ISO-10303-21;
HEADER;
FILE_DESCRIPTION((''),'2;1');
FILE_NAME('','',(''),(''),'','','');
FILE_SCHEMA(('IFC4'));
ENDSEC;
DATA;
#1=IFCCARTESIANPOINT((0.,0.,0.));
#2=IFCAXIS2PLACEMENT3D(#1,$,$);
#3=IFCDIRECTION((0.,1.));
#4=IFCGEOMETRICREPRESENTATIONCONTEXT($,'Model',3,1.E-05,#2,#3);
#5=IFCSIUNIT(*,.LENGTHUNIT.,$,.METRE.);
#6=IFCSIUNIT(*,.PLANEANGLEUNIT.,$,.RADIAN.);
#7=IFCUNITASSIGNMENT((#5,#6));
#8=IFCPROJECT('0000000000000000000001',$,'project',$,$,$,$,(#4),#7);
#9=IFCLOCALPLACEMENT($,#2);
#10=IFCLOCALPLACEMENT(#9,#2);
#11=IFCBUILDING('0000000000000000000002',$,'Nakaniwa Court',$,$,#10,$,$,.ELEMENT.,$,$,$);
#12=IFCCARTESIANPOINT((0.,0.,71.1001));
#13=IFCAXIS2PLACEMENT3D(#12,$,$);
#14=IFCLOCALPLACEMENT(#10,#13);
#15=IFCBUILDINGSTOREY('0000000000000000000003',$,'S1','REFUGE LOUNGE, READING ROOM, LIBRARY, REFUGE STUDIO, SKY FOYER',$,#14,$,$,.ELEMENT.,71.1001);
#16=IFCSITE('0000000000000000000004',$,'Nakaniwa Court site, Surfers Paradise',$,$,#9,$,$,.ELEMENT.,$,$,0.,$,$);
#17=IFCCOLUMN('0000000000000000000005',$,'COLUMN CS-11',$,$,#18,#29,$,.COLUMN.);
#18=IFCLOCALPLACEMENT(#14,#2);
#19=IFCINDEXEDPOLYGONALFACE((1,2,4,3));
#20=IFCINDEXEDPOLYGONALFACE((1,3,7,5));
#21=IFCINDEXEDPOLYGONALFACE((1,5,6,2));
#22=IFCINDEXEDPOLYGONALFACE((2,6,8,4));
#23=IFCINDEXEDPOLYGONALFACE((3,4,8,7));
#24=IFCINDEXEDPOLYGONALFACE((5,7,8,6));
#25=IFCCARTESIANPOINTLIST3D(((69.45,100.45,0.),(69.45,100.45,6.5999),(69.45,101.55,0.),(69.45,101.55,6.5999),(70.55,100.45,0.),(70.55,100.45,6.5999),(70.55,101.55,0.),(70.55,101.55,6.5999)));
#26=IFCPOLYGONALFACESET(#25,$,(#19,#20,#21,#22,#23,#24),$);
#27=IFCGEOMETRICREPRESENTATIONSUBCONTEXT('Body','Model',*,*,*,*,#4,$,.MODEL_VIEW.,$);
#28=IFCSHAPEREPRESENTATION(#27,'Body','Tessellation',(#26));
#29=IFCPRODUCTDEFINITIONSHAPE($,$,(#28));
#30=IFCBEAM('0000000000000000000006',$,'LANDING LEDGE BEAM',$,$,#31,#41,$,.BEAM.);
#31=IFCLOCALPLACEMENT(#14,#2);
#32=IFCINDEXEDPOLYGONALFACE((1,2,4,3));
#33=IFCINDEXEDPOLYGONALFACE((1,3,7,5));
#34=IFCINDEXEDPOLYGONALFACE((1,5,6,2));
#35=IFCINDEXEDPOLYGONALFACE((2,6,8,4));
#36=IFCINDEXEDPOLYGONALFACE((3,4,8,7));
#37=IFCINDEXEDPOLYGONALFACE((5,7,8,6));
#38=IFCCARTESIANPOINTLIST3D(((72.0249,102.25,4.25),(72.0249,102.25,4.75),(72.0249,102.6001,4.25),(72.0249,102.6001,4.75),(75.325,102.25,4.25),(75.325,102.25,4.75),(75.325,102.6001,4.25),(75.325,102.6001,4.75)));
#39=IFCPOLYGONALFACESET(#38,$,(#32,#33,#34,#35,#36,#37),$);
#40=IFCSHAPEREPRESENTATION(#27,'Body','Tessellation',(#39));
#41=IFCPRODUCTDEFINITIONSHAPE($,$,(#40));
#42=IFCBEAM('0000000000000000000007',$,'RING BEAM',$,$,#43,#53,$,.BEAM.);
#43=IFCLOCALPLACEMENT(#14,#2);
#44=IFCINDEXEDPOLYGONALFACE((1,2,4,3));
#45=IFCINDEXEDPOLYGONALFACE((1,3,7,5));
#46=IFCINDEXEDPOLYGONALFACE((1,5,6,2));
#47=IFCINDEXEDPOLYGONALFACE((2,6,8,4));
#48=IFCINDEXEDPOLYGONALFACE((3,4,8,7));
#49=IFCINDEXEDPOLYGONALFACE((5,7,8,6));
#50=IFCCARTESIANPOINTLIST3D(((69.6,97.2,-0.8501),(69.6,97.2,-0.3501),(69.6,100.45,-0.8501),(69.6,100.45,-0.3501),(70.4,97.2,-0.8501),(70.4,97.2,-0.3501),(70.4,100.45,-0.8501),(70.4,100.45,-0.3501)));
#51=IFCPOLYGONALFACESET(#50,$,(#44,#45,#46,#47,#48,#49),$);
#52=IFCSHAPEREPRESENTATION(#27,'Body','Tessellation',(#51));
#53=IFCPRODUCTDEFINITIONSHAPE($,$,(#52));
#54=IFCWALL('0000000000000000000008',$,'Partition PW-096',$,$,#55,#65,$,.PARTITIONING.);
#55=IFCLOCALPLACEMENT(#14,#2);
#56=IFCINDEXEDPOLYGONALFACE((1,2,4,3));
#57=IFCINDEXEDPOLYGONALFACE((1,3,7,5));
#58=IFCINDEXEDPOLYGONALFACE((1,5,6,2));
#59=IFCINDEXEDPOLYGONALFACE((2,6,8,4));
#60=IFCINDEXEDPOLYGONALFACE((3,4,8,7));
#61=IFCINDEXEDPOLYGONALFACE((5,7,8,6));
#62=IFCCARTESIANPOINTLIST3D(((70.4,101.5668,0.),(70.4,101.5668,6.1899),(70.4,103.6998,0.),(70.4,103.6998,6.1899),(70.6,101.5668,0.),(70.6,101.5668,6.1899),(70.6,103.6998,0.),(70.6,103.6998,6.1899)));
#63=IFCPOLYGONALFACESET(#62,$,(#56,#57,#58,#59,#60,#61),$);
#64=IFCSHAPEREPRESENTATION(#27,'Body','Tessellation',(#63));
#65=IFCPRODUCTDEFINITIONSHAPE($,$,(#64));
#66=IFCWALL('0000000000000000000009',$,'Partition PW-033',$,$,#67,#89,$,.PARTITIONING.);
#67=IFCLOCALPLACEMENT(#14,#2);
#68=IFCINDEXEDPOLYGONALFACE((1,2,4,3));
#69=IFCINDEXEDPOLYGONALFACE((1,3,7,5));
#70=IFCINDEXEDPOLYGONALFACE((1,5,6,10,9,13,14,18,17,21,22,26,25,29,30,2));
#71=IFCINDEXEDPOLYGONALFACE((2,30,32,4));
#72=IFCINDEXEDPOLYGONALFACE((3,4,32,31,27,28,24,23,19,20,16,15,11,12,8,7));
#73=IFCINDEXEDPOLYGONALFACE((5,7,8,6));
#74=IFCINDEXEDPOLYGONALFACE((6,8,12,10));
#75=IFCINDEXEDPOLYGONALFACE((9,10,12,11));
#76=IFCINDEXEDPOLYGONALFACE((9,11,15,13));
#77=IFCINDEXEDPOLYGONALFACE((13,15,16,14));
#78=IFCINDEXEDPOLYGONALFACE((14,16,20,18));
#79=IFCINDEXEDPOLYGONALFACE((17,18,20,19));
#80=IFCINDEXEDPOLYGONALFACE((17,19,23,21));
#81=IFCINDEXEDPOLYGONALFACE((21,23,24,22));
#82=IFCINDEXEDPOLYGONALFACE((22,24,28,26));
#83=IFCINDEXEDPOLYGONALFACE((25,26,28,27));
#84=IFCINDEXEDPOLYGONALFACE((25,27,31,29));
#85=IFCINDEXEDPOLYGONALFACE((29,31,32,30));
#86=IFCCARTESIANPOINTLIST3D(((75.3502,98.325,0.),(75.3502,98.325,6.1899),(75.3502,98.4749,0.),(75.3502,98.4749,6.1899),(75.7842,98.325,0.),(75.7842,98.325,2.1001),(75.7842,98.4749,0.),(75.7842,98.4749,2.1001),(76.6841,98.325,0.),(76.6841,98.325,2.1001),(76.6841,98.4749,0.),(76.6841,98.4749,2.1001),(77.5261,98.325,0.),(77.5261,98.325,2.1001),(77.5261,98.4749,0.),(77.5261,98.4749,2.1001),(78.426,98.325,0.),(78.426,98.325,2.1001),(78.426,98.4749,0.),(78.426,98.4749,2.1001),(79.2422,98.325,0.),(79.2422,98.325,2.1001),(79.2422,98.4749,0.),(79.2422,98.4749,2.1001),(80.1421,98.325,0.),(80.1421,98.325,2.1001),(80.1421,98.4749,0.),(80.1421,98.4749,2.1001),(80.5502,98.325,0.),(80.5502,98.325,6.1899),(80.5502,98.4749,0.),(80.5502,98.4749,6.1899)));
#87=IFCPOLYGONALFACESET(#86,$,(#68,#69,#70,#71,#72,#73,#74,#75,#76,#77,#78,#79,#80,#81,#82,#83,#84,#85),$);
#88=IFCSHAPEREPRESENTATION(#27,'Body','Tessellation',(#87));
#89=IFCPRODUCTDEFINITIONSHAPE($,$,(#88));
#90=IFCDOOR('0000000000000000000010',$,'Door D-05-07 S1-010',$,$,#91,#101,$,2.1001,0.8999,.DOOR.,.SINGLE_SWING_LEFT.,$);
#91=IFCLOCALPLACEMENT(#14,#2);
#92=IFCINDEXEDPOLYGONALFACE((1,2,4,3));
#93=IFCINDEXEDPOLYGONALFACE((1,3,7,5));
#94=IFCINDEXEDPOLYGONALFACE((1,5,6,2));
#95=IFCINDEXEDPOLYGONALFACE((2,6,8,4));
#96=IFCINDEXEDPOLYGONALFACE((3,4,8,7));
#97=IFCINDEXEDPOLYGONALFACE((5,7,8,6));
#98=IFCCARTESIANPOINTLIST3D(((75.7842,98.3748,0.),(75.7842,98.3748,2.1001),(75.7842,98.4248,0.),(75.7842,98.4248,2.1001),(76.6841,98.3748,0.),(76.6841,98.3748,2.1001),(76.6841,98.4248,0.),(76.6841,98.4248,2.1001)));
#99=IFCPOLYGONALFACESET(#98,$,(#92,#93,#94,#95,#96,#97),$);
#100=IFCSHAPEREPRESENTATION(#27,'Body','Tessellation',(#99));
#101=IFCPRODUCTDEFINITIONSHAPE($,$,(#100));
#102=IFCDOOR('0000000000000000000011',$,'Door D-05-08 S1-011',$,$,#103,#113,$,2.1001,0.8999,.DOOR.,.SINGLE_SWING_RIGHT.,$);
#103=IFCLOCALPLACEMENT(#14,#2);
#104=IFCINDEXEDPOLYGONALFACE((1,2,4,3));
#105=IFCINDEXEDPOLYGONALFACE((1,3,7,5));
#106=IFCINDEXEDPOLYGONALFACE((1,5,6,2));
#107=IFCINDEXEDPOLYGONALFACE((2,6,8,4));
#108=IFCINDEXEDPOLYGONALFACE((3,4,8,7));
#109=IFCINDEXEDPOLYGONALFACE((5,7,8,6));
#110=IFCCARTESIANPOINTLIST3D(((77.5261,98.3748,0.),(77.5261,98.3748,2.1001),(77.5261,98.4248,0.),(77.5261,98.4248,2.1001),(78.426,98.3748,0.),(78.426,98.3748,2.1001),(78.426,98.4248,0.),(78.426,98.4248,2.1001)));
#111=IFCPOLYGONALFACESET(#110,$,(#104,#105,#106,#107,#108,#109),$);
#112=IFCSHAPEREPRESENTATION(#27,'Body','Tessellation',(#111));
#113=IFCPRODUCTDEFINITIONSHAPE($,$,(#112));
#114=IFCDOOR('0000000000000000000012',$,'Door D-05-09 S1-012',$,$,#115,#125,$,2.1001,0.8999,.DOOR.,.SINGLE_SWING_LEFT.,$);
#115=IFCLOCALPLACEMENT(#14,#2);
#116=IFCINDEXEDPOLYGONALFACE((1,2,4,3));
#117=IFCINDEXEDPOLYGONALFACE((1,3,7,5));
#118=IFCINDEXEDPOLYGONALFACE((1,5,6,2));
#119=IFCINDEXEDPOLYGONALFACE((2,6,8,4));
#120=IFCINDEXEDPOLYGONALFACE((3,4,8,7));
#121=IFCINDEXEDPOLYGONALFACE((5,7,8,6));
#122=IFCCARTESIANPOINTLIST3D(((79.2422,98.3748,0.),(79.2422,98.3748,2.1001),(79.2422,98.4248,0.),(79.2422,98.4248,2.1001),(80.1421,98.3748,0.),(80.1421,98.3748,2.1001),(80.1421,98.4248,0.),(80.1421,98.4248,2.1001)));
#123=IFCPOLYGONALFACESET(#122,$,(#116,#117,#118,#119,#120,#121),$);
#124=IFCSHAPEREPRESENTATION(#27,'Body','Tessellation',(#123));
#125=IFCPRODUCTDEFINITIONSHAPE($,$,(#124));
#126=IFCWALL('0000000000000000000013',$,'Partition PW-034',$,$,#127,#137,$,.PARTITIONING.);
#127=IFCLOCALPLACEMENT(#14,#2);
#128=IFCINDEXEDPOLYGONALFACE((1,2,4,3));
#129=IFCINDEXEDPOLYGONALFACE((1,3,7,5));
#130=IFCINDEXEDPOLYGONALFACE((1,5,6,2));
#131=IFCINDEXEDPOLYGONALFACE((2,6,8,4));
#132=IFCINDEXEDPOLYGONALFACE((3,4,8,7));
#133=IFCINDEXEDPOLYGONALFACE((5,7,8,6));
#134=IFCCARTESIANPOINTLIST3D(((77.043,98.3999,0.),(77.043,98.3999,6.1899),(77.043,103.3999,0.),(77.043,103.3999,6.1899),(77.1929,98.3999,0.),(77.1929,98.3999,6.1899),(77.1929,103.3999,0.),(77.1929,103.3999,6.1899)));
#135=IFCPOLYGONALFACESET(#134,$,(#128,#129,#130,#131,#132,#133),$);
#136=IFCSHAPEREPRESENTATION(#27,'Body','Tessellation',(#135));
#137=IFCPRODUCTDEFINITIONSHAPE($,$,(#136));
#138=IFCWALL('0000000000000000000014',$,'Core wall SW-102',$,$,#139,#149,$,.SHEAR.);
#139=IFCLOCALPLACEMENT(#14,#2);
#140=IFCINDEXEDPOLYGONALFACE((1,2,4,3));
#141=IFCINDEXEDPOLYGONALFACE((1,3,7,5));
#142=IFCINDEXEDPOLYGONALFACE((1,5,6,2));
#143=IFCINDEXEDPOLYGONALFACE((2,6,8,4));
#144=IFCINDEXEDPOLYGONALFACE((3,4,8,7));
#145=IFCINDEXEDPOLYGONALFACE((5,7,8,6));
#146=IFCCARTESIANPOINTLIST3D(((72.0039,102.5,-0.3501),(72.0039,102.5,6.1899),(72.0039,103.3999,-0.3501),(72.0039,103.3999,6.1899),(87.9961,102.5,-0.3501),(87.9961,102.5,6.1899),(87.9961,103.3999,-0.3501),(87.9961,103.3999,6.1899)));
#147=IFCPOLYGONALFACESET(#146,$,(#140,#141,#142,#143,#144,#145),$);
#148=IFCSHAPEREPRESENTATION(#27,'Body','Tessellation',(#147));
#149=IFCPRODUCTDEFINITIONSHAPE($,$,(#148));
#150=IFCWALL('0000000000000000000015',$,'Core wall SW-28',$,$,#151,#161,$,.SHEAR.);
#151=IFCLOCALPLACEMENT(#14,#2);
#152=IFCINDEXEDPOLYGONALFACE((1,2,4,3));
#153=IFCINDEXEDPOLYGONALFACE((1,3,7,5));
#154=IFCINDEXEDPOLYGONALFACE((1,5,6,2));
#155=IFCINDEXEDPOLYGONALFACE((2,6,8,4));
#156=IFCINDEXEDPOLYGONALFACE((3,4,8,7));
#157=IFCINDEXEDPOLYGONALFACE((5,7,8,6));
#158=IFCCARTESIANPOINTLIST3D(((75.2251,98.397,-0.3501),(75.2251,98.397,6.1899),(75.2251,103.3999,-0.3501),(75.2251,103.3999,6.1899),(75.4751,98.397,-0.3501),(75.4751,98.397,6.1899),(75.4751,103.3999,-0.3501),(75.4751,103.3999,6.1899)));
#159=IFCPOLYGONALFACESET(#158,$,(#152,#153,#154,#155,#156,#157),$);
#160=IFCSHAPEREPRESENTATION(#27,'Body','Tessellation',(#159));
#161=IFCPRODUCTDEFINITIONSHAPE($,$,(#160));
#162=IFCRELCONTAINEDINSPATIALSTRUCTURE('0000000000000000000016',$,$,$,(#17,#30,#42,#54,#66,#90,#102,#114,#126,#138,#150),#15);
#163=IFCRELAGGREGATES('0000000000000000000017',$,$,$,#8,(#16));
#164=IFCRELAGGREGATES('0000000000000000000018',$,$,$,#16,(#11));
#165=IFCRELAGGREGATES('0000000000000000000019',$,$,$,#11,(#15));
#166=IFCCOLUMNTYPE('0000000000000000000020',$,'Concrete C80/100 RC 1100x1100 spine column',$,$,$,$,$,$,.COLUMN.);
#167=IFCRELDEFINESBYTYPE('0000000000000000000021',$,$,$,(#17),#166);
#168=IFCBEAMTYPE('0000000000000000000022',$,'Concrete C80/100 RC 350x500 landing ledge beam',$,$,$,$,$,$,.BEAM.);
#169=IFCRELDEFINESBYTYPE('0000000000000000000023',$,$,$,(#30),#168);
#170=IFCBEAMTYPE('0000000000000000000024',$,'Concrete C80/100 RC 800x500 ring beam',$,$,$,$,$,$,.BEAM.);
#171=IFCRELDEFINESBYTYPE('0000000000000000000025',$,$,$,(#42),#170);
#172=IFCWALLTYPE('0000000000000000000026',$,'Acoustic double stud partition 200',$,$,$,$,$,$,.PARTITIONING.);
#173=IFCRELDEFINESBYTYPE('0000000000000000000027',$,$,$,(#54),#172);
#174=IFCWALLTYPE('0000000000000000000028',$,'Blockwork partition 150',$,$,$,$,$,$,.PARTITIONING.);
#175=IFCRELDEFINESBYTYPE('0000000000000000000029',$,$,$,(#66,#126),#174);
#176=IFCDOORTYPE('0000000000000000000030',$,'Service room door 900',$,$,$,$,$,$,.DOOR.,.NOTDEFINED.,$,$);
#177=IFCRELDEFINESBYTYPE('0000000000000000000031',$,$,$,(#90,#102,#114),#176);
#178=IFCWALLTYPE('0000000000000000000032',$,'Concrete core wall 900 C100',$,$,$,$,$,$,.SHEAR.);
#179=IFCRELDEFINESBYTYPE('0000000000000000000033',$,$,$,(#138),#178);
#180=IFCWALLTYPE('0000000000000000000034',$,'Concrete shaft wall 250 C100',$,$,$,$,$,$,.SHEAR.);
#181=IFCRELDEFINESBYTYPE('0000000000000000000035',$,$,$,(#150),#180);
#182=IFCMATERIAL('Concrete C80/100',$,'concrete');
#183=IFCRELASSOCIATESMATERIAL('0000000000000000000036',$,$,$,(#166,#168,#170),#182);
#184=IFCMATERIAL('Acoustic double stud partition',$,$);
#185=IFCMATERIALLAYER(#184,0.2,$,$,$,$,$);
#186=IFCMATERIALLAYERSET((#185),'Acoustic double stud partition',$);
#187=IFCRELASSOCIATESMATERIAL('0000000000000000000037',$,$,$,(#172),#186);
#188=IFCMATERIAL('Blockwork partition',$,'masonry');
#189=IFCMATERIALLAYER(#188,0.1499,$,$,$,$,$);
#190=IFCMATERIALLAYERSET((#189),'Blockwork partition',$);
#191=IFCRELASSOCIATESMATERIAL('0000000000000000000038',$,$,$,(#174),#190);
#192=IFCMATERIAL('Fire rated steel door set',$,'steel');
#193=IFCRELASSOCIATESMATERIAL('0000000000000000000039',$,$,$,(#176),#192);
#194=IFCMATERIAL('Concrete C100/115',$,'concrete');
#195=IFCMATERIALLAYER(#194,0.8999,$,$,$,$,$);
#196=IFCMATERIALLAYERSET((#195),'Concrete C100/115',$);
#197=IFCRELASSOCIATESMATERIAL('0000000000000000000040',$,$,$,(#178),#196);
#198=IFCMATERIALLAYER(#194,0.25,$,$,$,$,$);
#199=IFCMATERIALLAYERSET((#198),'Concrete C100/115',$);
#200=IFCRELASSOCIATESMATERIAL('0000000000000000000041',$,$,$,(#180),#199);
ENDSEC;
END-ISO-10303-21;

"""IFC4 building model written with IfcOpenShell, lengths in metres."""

from ifc_helpers import new_model, si_unit, direction, frame, frame_2d, origin, origin_2d, place, context, subcontext, project, spatial, rectangle, extrude, material, layer, layer_set, material_profile, profile_set, type_object, element, fill, save


model = new_model("IFC4")

# Units and contexts
model_context = context("Model", 3, precision=1e-05, world=origin(), true_north=direction((0.0, 1.0)))
body_context = subcontext(model_context, "Body", "Model", "MODEL_VIEW")
ifc_project = project(units=[si_unit("LENGTHUNIT", "METRE"), si_unit("PLANEANGLEUNIT", "RADIAN")], contexts=[model_context])

# Site, building, storey
site_placement = place(None, origin())
site = spatial("IfcSite", under=ifc_project, at=site_placement, Name="Nakaniwa Court site, Surfers Paradise", CompositionType="ELEMENT", RefElevation=0.0)
building_placement = place(site_placement, origin())
building = spatial("IfcBuilding", under=site, at=building_placement, Name="Nakaniwa Court", CompositionType="ELEMENT")
storey_placement = place(building_placement, frame((0.0, 0.0, 71.1001)))
storey = spatial("IfcBuildingStorey", under=building, at=storey_placement, Name="S1", Description="REFUGE LOUNGE, READING ROOM, LIBRARY, REFUGE STUDIO, SKY FOYER", CompositionType="ELEMENT", Elevation=71.1001)

# Column
ifc_material_1 = material(Name="Concrete C80/100", Category="concrete")
ifc_material_profile_1 = material_profile(ifc_material_1, rectangle(XDim=1.1001, YDim=1.1001, at=origin_2d()), Name="Concrete C80/100 RC 1100x1100 spine column")
ifc_profile_set_1 = profile_set([ifc_material_profile_1], Name="Concrete C80/100")
column_type = type_object("IfcColumnType", Name="Concrete C80/100 RC 1100x1100 spine column", PredefinedType="COLUMN", material=ifc_profile_set_1)
column_placement = place(storey_placement, frame((70.0, 101.0, 0.0), z_axis=(0.0, 0.0, 1.0), x_axis=(0.0, -1.0, 0.0)))
element("IfcColumn", 1, at=column_placement, inside=storey, type_object=column_type, Name="COLUMN CS-11", PredefinedType="COLUMN", context=body_context, shape_type="SweptSolid", body=[
    extrude(rectangle(XDim=1.1001, YDim=1.1001, at=origin_2d()), origin(), (0.0, 0.0, 1.0), 6.5999),
])

# Beams
ifc_material_profile_2 = material_profile(ifc_material_1, rectangle(XDim=0.3501, YDim=0.5, at=origin_2d()), Name="Concrete C80/100 RC 350x500 landing ledge beam")
ifc_profile_set_2 = profile_set([ifc_material_profile_2], Name="Concrete C80/100")
beam_type_1 = type_object("IfcBeamType", Name="Concrete C80/100 RC 350x500 landing ledge beam", PredefinedType="BEAM", material=ifc_profile_set_2)
beam_1_placement = place(storey_placement, frame((72.0249, 102.425, 4.5), z_axis=(1.0, 0.0, 0.0), x_axis=(0.0, 1.0, 0.0)))
element("IfcBeam", 2, at=beam_1_placement, inside=storey, type_object=beam_type_1, Name="LANDING LEDGE BEAM", PredefinedType="BEAM", context=body_context, shape_type="SweptSolid", body=[
    extrude(rectangle(XDim=0.3501, YDim=0.5, at=origin_2d()), origin(), (0.0, 0.0, 1.0), 3.3),
])
ifc_material_profile_3 = material_profile(ifc_material_1, rectangle(XDim=0.8, YDim=0.5, at=origin_2d()), Name="Concrete C80/100 RC 800x500 ring beam")
ifc_profile_set_3 = profile_set([ifc_material_profile_3], Name="Concrete C80/100")
beam_type_2 = type_object("IfcBeamType", Name="Concrete C80/100 RC 800x500 ring beam", PredefinedType="BEAM", material=ifc_profile_set_3)
beam_2_placement = place(storey_placement, frame((70.0, 100.45, -0.6001), z_axis=(0.0, -1.0, 0.0), x_axis=(1.0, 0.0, 0.0)))
element("IfcBeam", 3, at=beam_2_placement, inside=storey, type_object=beam_type_2, Name="RING BEAM", PredefinedType="BEAM", context=body_context, shape_type="SweptSolid", body=[
    extrude(rectangle(XDim=0.8, YDim=0.5, at=origin_2d()), origin(), (0.0, 0.0, 1.0), 3.25),
])

# Wall
ifc_material_2 = material(Name="Acoustic double stud partition")
ifc_layer_1 = layer(ifc_material_2, 0.2)
ifc_layer_set_1 = layer_set([ifc_layer_1], Name="Acoustic double stud partition")
wall_type_1 = type_object("IfcWallType", Name="Acoustic double stud partition 200", PredefinedType="PARTITIONING", material=ifc_layer_set_1)
wall_1_placement = place(storey_placement, frame((70.5, 101.5669, 0.0), z_axis=(0.0, 0.0, 1.0), x_axis=(0.0, 1.0, 0.0)))
element("IfcWall", 4, at=wall_1_placement, inside=storey, type_object=wall_type_1, Name="Partition PW-096", PredefinedType="PARTITIONING", context=body_context, shape_type="SweptSolid", body=[
    extrude(rectangle(XDim=2.1331, YDim=0.2, at=frame_2d((1.0664, 0.0))), origin(), (0.0, 0.0, 1.0), 6.1899),
])

# Wall, openings, doors
ifc_material_3 = material(Name="Blockwork partition", Category="masonry")
ifc_layer_2 = layer(ifc_material_3, 0.1499)
ifc_layer_set_2 = layer_set([ifc_layer_2], Name="Blockwork partition")
wall_type_2 = type_object("IfcWallType", Name="Blockwork partition 150", PredefinedType="PARTITIONING", material=ifc_layer_set_2)
wall_2_placement = place(storey_placement, frame((75.3501, 98.3999, 0.0), z_axis=(0.0, 0.0, 1.0), x_axis=(1.0, 0.0, 0.0)))
wall_2 = element("IfcWall", 5, at=wall_2_placement, inside=storey, type_object=wall_type_2, Name="Partition PW-033", PredefinedType="PARTITIONING", context=body_context, shape_type="SweptSolid", body=[
    extrude(rectangle(XDim=5.2, YDim=0.1499, at=frame_2d((2.6001, 0.0))), origin(), (0.0, 0.0, 1.0), 6.1899),
])
opening_1_placement = place(wall_2_placement, frame((0.4341, 0.0, 0.0)))
opening_1 = element("IfcOpeningElement", 6, at=opening_1_placement, cuts=wall_2, PredefinedType="OPENING", context=body_context, shape_type="SweptSolid", body=[
    extrude(rectangle(XDim=0.8999, YDim=2.1001, at=frame_2d((0.45, 1.05))), frame((0.0, 0.085, 0.0), z_axis=(0.0, -1.0, 0.0), x_axis=(1.0, 0.0, 0.0)), (0.0, 0.0, 1.0), 0.1699),
])
opening_2_placement = place(wall_2_placement, frame((2.176, 0.0, 0.0)))
opening_2 = element("IfcOpeningElement", 7, at=opening_2_placement, cuts=wall_2, PredefinedType="OPENING", context=body_context, shape_type="SweptSolid", body=[
    extrude(rectangle(XDim=0.8999, YDim=2.1001, at=frame_2d((0.45, 1.05))), frame((0.0, 0.085, 0.0), z_axis=(0.0, -1.0, 0.0), x_axis=(1.0, 0.0, 0.0)), (0.0, 0.0, 1.0), 0.1699),
])
opening_3_placement = place(wall_2_placement, frame((3.8921, 0.0, 0.0)))
opening_3 = element("IfcOpeningElement", 8, at=opening_3_placement, cuts=wall_2, PredefinedType="OPENING", context=body_context, shape_type="SweptSolid", body=[
    extrude(rectangle(XDim=0.8999, YDim=2.1001, at=frame_2d((0.45, 1.05))), frame((0.0, 0.085, 0.0), z_axis=(0.0, -1.0, 0.0), x_axis=(1.0, 0.0, 0.0)), (0.0, 0.0, 1.0), 0.1699),
])
ifc_material_4 = material(Name="Fire rated steel door set", Category="steel")
door_type = type_object("IfcDoorType", Name="Service room door 900", OperationType="NOTDEFINED", PredefinedType="DOOR", material=ifc_material_4)
door_1_placement = place(opening_1_placement, origin())
door_1 = element("IfcDoor", 9, at=door_1_placement, inside=storey, type_object=door_type, Name="Door D-05-07 S1-010", OperationType="SINGLE_SWING_LEFT", OverallHeight=2.1001, OverallWidth=0.8999, PredefinedType="DOOR", context=body_context, shape_type="SweptSolid", body=[
    extrude(rectangle(XDim=0.8999, YDim=2.1001, at=frame_2d((0.45, 1.05))), frame((0.0, 0.0249, 0.0), z_axis=(0.0, -1.0, 0.0), x_axis=(1.0, 0.0, 0.0)), (0.0, 0.0, 1.0), 0.05),
])
fill(opening_1, door_1)
door_2_placement = place(opening_2_placement, origin())
door_2 = element("IfcDoor", 10, at=door_2_placement, inside=storey, type_object=door_type, Name="Door D-05-08 S1-011", OperationType="SINGLE_SWING_RIGHT", OverallHeight=2.1001, OverallWidth=0.8999, PredefinedType="DOOR", context=body_context, shape_type="SweptSolid", body=[
    extrude(rectangle(XDim=0.8999, YDim=2.1001, at=frame_2d((0.45, 1.05))), frame((0.0, 0.0249, 0.0), z_axis=(0.0, -1.0, 0.0), x_axis=(1.0, 0.0, 0.0)), (0.0, 0.0, 1.0), 0.05),
])
fill(opening_2, door_2)
door_3_placement = place(opening_3_placement, origin())
door_3 = element("IfcDoor", 11, at=door_3_placement, inside=storey, type_object=door_type, Name="Door D-05-09 S1-012", OperationType="SINGLE_SWING_LEFT", OverallHeight=2.1001, OverallWidth=0.8999, PredefinedType="DOOR", context=body_context, shape_type="SweptSolid", body=[
    extrude(rectangle(XDim=0.8999, YDim=2.1001, at=frame_2d((0.45, 1.05))), frame((0.0, 0.0249, 0.0), z_axis=(0.0, -1.0, 0.0), x_axis=(1.0, 0.0, 0.0)), (0.0, 0.0, 1.0), 0.05),
])
fill(opening_3, door_3)

# Walls
wall_3_placement = place(storey_placement, frame((77.1179, 98.3999, 0.0), z_axis=(0.0, 0.0, 1.0), x_axis=(0.0, 1.0, 0.0)))
element("IfcWall", 12, at=wall_3_placement, inside=storey, type_object=wall_type_2, Name="Partition PW-034", PredefinedType="PARTITIONING", context=body_context, shape_type="SweptSolid", body=[
    extrude(rectangle(XDim=5.0, YDim=0.1499, at=frame_2d((2.5, 0.0))), origin(), (0.0, 0.0, 1.0), 6.1899),
])
ifc_material_5 = material(Name="Concrete C100/115", Category="concrete")
ifc_layer_3 = layer(ifc_material_5, 0.8999)
ifc_layer_set_3 = layer_set([ifc_layer_3], Name="Concrete C100/115")
wall_type_3 = type_object("IfcWallType", Name="Concrete core wall 900 C100", PredefinedType="SHEAR", material=ifc_layer_set_3)
wall_4_placement = place(storey_placement, frame((72.0039, 102.95, -0.3501), z_axis=(0.0, 0.0, 1.0), x_axis=(1.0, 0.0, 0.0)))
element("IfcWall", 13, at=wall_4_placement, inside=storey, type_object=wall_type_3, Name="Core wall SW-102", PredefinedType="SHEAR", context=body_context, shape_type="SweptSolid", body=[
    extrude(rectangle(XDim=15.9922, YDim=0.8999, at=frame_2d((7.9961, 0.0))), origin(), (0.0, 0.0, 1.0), 6.54),
])
ifc_layer_4 = layer(ifc_material_5, 0.25)
ifc_layer_set_4 = layer_set([ifc_layer_4], Name="Concrete C100/115")
wall_type_4 = type_object("IfcWallType", Name="Concrete shaft wall 250 C100", PredefinedType="SHEAR", material=ifc_layer_set_4)
wall_5_placement = place(storey_placement, frame((75.3501, 98.397, -0.3501), z_axis=(0.0, 0.0, 1.0), x_axis=(0.0, 1.0, 0.0)))
element("IfcWall", 14, at=wall_5_placement, inside=storey, type_object=wall_type_4, Name="Core wall SW-28", PredefinedType="SHEAR", context=body_context, shape_type="SweptSolid", body=[
    extrude(rectangle(XDim=5.0029, YDim=0.25, at=frame_2d((2.5015, 0.0))), origin(), (0.0, 0.0, 1.0), 6.54),
])

save(model, "model.ifc")
